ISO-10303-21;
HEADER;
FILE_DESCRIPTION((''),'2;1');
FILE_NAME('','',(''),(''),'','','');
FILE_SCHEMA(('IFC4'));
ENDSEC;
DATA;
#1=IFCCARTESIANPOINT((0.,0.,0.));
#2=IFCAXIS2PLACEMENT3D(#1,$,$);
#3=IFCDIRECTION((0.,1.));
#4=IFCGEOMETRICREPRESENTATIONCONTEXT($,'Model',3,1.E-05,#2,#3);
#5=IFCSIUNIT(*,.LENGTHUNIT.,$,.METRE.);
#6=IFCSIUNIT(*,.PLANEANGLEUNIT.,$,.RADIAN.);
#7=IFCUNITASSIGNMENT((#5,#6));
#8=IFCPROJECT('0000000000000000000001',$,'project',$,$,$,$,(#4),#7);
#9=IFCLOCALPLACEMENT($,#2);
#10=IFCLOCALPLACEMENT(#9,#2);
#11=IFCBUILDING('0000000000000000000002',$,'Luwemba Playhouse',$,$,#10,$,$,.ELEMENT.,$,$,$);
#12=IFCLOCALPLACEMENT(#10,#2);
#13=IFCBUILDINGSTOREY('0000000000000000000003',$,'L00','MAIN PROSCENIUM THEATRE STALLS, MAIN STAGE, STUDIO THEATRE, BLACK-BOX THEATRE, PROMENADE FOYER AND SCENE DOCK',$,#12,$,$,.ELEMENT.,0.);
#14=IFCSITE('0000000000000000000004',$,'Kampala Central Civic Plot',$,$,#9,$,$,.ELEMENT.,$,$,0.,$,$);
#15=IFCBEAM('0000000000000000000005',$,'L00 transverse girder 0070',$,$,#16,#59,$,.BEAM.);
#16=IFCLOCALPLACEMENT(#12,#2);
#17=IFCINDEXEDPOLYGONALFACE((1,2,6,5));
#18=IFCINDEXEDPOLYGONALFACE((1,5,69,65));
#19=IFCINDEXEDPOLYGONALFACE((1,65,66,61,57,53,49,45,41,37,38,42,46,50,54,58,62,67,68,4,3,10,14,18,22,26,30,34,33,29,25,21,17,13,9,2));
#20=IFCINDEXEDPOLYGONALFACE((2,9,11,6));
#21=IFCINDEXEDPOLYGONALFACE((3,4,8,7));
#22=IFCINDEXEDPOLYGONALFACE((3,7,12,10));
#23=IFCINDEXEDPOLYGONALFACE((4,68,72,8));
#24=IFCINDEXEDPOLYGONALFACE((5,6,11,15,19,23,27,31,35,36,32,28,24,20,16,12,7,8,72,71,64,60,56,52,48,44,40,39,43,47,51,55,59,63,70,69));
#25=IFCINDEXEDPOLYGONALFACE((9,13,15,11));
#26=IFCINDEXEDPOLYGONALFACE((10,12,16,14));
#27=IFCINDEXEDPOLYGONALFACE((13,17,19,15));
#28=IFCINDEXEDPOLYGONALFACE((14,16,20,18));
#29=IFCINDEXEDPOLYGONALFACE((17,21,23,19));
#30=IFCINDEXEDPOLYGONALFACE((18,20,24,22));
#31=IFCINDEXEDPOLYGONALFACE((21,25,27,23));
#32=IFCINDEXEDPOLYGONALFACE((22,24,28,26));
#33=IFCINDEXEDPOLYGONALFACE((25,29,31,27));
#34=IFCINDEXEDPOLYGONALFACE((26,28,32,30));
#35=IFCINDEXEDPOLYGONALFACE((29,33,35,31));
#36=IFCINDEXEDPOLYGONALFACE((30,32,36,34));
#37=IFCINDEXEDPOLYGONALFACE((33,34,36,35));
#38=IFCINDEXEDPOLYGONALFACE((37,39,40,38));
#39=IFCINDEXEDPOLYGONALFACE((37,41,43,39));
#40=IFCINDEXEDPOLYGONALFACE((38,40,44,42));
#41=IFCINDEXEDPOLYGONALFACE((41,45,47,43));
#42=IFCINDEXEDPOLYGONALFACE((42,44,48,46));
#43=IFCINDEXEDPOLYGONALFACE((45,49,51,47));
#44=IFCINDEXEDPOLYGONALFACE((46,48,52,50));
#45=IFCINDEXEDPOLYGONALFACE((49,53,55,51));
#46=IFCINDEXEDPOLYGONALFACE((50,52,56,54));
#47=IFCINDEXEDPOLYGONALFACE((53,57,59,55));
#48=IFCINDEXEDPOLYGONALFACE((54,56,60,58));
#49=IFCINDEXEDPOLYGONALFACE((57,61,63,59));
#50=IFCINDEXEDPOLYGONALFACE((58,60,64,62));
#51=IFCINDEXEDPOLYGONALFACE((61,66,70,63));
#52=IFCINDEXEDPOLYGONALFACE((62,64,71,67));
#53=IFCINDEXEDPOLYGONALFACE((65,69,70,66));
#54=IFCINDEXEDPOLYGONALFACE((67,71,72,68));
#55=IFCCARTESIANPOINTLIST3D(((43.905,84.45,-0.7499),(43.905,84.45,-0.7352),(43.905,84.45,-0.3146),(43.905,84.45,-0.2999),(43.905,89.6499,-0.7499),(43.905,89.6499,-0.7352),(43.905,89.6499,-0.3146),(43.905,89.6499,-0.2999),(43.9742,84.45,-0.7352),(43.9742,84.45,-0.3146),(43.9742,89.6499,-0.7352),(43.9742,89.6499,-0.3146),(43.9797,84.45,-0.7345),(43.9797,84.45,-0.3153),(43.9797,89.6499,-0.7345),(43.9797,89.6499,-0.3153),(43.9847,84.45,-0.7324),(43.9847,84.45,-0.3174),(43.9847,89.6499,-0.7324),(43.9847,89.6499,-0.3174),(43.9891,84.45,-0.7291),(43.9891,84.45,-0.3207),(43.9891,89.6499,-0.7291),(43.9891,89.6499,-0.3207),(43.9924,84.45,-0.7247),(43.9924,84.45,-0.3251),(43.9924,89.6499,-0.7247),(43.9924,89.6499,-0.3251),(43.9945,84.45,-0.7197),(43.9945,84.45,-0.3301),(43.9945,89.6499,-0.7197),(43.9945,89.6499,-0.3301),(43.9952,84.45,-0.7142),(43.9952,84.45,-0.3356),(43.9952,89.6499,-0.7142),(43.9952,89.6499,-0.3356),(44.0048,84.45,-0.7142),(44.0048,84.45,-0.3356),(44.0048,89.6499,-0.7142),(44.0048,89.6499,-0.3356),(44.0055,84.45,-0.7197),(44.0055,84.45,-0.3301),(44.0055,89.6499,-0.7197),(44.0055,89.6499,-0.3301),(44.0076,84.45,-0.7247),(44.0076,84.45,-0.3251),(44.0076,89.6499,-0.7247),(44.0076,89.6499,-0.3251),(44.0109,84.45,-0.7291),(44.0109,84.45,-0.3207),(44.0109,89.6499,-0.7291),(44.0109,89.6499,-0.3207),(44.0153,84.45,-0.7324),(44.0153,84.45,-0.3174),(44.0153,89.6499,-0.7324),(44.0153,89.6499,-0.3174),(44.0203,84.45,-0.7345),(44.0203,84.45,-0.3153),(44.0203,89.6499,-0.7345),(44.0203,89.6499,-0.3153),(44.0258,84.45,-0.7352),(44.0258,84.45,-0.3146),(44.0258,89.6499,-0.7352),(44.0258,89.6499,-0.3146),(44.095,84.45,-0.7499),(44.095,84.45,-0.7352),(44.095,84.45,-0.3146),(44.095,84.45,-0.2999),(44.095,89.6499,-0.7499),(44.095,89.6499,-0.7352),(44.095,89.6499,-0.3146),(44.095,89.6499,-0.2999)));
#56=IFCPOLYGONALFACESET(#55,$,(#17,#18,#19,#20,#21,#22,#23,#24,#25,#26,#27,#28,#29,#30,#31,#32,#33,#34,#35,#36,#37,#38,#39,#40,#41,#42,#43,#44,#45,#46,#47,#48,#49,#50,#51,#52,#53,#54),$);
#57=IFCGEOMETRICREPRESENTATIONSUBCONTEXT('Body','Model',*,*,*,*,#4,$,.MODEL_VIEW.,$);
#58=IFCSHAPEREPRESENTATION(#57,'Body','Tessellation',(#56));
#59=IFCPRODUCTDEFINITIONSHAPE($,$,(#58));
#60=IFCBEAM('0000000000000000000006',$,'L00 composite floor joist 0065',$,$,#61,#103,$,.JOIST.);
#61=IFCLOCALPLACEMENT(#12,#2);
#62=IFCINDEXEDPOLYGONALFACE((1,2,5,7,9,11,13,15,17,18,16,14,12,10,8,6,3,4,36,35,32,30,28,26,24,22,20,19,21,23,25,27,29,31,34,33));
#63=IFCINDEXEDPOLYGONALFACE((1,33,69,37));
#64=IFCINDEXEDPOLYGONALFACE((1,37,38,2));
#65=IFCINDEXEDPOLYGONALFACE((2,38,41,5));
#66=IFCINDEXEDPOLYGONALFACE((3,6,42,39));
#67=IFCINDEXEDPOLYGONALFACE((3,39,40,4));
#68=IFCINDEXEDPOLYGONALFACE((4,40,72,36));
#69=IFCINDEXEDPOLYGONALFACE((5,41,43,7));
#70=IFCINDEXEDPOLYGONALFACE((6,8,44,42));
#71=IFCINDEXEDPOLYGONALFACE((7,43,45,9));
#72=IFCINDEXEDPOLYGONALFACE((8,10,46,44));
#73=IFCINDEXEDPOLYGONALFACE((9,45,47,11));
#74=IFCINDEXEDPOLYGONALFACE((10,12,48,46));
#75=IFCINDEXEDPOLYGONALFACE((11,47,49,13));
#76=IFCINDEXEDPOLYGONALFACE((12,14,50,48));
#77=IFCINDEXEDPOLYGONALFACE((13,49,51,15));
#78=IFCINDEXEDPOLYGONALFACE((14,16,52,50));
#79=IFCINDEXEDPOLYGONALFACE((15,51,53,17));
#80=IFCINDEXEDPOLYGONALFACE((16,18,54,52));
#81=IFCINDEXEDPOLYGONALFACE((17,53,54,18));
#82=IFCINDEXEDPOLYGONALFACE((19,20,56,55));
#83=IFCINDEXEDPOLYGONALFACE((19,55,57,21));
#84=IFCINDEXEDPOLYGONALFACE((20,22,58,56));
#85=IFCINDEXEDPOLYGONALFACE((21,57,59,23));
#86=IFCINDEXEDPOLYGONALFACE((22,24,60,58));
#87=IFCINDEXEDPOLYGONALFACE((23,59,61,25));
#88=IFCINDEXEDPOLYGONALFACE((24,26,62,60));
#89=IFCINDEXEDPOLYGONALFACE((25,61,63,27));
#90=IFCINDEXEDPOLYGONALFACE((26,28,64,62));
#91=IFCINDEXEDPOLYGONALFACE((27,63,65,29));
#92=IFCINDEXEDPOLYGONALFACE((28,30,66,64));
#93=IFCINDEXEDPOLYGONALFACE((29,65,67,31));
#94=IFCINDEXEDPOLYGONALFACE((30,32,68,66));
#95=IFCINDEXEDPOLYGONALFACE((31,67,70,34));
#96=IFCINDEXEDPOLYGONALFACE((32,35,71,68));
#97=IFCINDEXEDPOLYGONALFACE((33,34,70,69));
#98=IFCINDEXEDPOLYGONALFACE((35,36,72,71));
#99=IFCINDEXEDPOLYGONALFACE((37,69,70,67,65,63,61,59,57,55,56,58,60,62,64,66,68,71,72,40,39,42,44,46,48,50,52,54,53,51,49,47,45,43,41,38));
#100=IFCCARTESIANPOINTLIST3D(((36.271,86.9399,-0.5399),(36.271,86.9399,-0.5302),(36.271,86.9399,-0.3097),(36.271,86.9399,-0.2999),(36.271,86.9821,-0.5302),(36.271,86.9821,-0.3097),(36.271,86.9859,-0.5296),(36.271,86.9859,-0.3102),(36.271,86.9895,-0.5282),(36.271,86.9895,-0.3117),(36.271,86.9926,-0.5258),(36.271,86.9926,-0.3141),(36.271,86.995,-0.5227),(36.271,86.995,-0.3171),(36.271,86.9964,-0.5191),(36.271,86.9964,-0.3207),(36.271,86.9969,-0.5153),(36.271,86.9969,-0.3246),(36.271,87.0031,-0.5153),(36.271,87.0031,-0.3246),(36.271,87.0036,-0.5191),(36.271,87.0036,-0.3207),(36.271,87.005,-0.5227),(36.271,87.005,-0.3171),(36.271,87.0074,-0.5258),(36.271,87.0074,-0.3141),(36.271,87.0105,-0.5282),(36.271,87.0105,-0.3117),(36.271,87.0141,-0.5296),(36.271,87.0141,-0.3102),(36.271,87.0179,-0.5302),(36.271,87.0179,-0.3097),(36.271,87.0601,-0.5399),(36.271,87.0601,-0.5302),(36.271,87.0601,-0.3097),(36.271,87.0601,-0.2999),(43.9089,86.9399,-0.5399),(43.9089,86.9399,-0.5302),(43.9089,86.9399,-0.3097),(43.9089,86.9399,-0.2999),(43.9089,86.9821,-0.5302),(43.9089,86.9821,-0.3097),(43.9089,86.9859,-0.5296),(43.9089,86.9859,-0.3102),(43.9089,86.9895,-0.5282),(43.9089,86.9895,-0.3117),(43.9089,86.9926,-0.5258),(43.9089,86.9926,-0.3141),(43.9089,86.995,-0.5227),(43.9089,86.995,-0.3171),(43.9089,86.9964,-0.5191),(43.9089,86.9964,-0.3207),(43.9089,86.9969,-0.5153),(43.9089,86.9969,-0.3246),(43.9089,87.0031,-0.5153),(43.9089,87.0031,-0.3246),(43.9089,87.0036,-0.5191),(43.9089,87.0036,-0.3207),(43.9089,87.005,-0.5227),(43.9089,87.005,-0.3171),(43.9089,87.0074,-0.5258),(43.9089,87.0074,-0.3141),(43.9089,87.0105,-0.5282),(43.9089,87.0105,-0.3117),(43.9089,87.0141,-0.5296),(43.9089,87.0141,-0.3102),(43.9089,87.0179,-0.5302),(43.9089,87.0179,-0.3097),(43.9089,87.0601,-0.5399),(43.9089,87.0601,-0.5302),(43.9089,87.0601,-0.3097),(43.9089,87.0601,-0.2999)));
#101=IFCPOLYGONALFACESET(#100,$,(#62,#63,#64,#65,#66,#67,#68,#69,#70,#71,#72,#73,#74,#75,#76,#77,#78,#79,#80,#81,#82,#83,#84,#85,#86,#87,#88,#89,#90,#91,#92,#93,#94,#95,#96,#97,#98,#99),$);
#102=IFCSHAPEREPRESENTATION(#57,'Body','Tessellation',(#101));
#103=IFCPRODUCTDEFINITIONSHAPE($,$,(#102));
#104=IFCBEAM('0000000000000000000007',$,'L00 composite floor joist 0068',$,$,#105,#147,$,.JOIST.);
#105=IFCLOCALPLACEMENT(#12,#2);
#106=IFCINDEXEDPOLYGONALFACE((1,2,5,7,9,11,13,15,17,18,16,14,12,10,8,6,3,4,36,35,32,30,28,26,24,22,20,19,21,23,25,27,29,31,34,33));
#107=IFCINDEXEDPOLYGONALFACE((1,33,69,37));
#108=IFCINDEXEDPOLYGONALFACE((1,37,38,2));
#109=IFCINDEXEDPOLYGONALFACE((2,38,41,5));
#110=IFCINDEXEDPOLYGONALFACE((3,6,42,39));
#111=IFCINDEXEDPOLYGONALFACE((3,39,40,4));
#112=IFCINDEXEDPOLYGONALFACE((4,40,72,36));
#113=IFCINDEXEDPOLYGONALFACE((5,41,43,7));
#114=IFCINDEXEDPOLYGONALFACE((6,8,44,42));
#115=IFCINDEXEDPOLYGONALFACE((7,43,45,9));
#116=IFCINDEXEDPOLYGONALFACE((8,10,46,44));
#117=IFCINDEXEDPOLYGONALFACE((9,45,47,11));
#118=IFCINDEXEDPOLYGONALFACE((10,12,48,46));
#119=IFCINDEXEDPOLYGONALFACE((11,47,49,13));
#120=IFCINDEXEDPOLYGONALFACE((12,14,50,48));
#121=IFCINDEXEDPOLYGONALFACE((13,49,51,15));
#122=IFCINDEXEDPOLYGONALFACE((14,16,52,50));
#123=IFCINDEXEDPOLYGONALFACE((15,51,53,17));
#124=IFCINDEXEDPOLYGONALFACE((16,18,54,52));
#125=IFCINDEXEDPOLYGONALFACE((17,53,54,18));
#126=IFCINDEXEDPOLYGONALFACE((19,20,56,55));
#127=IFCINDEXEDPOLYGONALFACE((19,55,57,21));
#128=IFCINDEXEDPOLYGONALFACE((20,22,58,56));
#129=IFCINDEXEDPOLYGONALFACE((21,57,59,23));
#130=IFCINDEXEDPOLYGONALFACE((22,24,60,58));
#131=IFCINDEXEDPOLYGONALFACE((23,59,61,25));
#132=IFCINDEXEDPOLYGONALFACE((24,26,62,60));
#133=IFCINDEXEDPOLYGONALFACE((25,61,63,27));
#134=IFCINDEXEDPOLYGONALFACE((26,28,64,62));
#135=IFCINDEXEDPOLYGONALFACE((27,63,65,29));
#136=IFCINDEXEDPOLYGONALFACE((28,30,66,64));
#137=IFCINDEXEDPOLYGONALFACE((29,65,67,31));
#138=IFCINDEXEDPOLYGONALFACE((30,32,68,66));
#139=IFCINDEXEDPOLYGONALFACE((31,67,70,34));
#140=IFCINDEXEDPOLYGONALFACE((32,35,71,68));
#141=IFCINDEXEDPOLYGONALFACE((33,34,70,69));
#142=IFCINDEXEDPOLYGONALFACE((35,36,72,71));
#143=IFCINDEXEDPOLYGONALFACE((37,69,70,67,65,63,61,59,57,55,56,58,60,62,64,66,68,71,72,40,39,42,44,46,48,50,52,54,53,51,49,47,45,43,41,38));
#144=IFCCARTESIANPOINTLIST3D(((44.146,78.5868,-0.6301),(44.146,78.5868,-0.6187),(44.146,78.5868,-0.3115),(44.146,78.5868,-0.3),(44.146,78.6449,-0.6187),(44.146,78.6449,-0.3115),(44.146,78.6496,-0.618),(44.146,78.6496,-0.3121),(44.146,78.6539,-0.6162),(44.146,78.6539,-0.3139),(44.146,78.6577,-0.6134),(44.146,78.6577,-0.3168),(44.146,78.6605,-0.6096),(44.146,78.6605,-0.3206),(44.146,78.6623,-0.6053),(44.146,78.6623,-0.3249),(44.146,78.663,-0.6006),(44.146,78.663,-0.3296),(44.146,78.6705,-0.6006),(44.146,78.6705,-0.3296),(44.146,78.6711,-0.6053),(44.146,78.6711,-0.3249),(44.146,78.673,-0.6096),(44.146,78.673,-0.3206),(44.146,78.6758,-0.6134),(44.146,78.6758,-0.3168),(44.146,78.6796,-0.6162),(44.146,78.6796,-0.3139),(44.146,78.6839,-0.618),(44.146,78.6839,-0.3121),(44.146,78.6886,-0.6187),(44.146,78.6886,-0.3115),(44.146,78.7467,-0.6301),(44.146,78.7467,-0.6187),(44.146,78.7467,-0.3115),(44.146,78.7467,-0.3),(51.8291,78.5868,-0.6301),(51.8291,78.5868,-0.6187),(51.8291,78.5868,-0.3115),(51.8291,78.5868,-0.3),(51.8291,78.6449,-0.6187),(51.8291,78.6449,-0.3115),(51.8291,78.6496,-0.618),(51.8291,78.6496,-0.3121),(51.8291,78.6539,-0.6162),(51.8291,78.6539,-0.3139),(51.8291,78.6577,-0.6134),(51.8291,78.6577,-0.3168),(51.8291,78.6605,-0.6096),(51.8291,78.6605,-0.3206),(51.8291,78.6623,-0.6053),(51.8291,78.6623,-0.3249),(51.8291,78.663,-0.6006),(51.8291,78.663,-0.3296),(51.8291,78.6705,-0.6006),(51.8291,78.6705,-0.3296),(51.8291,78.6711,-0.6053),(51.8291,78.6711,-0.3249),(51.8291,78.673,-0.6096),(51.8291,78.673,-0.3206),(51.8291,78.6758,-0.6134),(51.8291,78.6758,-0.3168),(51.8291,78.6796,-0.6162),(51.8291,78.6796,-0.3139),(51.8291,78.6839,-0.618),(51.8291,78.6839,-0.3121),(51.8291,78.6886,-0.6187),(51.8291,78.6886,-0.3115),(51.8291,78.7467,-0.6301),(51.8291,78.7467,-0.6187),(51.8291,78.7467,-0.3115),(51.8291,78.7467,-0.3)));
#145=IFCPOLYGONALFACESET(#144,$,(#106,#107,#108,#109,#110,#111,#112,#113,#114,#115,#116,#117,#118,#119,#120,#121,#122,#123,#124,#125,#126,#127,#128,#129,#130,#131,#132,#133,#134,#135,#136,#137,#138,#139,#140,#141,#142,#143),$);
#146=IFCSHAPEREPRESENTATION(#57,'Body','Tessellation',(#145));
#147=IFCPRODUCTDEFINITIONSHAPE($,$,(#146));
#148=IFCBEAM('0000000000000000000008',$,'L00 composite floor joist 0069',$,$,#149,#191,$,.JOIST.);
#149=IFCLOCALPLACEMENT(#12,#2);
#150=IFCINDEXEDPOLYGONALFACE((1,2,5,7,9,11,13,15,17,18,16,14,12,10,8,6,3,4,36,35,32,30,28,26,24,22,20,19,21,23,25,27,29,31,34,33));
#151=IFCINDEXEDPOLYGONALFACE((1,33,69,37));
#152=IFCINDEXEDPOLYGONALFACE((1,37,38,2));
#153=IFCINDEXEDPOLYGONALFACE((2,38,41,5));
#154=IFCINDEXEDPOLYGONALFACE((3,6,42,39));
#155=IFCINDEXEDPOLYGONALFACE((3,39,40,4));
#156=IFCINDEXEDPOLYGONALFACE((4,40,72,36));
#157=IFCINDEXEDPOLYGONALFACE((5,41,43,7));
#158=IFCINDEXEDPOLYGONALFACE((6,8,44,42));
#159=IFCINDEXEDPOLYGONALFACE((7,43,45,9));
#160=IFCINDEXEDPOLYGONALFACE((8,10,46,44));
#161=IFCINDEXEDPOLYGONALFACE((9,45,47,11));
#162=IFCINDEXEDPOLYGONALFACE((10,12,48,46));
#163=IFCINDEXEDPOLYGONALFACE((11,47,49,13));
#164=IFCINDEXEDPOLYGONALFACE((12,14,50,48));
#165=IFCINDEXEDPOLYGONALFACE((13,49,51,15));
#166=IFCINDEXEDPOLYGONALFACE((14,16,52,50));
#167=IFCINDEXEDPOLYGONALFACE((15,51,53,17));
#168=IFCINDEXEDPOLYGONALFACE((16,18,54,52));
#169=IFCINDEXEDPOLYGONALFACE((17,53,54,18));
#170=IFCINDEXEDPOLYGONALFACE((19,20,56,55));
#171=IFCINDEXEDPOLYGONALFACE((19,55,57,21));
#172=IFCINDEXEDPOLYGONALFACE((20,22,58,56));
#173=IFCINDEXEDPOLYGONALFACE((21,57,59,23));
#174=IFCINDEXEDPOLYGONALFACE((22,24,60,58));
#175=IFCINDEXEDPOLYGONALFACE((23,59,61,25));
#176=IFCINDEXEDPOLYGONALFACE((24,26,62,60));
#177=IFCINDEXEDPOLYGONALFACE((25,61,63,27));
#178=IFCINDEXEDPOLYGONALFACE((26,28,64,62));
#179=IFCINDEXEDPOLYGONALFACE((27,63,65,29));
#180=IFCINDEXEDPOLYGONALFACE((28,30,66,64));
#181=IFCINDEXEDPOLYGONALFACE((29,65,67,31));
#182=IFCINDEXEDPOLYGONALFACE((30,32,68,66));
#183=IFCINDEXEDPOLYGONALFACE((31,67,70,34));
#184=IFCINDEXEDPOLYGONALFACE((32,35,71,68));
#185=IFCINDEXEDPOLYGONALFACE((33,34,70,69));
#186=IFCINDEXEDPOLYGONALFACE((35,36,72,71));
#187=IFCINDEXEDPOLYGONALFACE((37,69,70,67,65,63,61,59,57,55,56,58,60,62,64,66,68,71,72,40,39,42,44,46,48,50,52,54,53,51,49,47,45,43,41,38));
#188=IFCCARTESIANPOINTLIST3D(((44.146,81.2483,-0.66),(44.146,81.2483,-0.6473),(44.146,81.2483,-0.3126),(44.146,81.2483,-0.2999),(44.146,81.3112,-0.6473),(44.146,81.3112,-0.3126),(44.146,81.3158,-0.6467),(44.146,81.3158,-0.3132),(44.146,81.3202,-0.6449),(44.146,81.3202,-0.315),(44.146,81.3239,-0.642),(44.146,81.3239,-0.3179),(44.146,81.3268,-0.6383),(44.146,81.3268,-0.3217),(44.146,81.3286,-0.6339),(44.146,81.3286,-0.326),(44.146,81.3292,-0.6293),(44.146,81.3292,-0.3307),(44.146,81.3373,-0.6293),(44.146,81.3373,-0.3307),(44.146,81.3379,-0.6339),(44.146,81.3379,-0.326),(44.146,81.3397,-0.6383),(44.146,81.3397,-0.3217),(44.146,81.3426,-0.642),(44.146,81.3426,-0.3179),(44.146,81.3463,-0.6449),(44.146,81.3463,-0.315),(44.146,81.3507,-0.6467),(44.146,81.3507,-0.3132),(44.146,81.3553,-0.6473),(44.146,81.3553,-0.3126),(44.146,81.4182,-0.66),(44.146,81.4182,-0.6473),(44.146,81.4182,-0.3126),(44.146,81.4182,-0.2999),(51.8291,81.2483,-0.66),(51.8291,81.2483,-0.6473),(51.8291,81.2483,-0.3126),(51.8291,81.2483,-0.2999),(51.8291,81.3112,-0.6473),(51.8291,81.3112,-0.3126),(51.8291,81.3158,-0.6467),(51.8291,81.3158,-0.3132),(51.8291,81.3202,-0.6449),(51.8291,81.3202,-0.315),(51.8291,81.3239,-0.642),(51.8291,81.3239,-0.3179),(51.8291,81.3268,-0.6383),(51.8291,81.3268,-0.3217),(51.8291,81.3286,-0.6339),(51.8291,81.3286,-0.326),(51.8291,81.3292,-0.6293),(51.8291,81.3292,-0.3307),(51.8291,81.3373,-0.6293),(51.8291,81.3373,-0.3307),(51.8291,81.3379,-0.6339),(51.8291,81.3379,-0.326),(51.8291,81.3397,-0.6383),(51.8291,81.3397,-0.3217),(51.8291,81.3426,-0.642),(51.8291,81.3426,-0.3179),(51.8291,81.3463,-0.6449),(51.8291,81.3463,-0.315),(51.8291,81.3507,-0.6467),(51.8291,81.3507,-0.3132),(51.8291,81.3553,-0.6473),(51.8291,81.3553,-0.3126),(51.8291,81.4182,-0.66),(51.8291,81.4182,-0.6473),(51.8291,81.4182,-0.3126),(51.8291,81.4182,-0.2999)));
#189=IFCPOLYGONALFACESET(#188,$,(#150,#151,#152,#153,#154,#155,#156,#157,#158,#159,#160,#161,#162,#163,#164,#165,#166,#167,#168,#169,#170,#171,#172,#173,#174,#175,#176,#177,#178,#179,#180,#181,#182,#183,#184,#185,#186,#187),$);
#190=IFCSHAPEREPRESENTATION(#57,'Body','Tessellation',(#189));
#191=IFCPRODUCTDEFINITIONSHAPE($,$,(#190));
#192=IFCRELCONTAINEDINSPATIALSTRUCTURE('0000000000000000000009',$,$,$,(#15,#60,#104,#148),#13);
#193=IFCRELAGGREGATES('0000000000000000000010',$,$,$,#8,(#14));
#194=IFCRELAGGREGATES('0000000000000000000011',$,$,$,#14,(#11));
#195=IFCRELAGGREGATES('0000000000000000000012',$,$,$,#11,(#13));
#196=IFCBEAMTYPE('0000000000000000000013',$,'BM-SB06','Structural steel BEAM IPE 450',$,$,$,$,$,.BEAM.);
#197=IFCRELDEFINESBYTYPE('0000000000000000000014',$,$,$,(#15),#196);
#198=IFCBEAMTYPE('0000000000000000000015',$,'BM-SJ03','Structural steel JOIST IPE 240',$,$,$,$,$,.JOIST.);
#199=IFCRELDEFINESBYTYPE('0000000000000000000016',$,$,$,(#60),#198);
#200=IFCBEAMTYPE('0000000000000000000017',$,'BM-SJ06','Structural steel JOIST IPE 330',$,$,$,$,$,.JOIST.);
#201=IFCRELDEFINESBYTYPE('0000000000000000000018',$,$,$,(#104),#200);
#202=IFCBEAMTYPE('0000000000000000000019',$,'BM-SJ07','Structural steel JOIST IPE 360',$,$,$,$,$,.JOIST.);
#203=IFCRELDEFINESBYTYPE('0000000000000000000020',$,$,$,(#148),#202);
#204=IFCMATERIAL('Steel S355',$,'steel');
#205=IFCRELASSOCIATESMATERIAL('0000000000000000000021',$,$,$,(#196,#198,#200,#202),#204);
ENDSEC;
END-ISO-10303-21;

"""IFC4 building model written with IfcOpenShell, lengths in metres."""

from ifc_helpers import new_model, si_unit, direction, frame, origin, origin_2d, place, context, subcontext, project, spatial, i_section, extrude, material, material_profile, profile_set, type_object, element, save


model = new_model("IFC4")

# Units and contexts
model_context = context("Model", 3, precision=1e-05, world=origin(), true_north=direction((0.0, 1.0)))
body_context = subcontext(model_context, "Body", "Model", "MODEL_VIEW")
ifc_project = project(units=[si_unit("LENGTHUNIT", "METRE"), si_unit("PLANEANGLEUNIT", "RADIAN")], contexts=[model_context])

# Site, building, storey
site_placement = place(None, origin())
site = spatial("IfcSite", under=ifc_project, at=site_placement, Name="Kampala Central Civic Plot", CompositionType="ELEMENT", RefElevation=0.0)
building_placement = place(site_placement, origin())
building = spatial("IfcBuilding", under=site, at=building_placement, Name="Luwemba Playhouse", CompositionType="ELEMENT")
storey_placement = place(building_placement, origin())
storey = spatial("IfcBuildingStorey", under=building, at=storey_placement, Name="L00", Description="MAIN PROSCENIUM THEATRE STALLS, MAIN STAGE, STUDIO THEATRE, BLACK-BOX THEATRE, PROMENADE FOYER AND SCENE DOCK", CompositionType="ELEMENT", Elevation=0.0)

# Beams
ifc_material_1 = material(Name="Steel S355", Category="steel")
ifc_material_profile_1 = material_profile(ifc_material_1, i_section(OverallWidth=0.1899, OverallDepth=0.45, WebThickness=0.0095, FlangeThickness=0.0146, FilletRadius=0.021, at=origin_2d()))
ifc_profile_set_1 = profile_set([ifc_material_profile_1], Name="Steel S355")
beam_type_1 = type_object("IfcBeamType", Name="BM-SB06", Description="Structural steel BEAM IPE 450", PredefinedType="BEAM", material=ifc_profile_set_1)
beam_1_placement = place(storey_placement, frame((44.0, 84.45, -0.5249), z_axis=(0.0, 1.0, 0.0), x_axis=(-1.0, 0.0, 0.0)))
element("IfcBeam", 1, at=beam_1_placement, inside=storey, type_object=beam_type_1, Name="L00 transverse girder 0070", PredefinedType="BEAM", context=body_context, shape_type="SweptSolid", body=[
    extrude(i_section(OverallWidth=0.1899, OverallDepth=0.45, WebThickness=0.0095, FlangeThickness=0.0146, FilletRadius=0.021, at=origin_2d()), origin(), (0.0, 0.0, 1.0), 5.2),
])
ifc_material_profile_2 = material_profile(ifc_material_1, i_section(OverallWidth=0.1201, OverallDepth=0.24, WebThickness=0.0061, FlangeThickness=0.0098, FilletRadius=0.0149, at=origin_2d()))
ifc_profile_set_2 = profile_set([ifc_material_profile_2], Name="Steel S355")
beam_type_2 = type_object("IfcBeamType", Name="BM-SJ03", Description="Structural steel JOIST IPE 240", PredefinedType="JOIST", material=ifc_profile_set_2)
beam_2_placement = place(storey_placement, frame((36.271, 87.0, -0.4199), z_axis=(1.0, 0.0, 0.0), x_axis=(0.0, 1.0, 0.0)))
element("IfcBeam", 2, at=beam_2_placement, inside=storey, type_object=beam_type_2, Name="L00 composite floor joist 0065", PredefinedType="JOIST", context=body_context, shape_type="SweptSolid", body=[
    extrude(i_section(OverallWidth=0.1201, OverallDepth=0.24, WebThickness=0.0061, FlangeThickness=0.0098, FilletRadius=0.0149, at=origin_2d()), origin(), (0.0, 0.0, 1.0), 7.6379),
])
ifc_material_profile_3 = material_profile(ifc_material_1, i_section(OverallWidth=0.1599, OverallDepth=0.3301, WebThickness=0.0076, FlangeThickness=0.0115, FilletRadius=0.0181, at=origin_2d()))
ifc_profile_set_3 = profile_set([ifc_material_profile_3], Name="Steel S355")
beam_type_3 = type_object("IfcBeamType", Name="BM-SJ06", Description="Structural steel JOIST IPE 330", PredefinedType="JOIST", material=ifc_profile_set_3)
beam_3_placement = place(storey_placement, frame((44.146, 78.6667, -0.4651), z_axis=(1.0, 0.0, 0.0), x_axis=(0.0, 1.0, 0.0)))
element("IfcBeam", 3, at=beam_3_placement, inside=storey, type_object=beam_type_3, Name="L00 composite floor joist 0068", PredefinedType="JOIST", context=body_context, shape_type="SweptSolid", body=[
    extrude(i_section(OverallWidth=0.1599, OverallDepth=0.3301, WebThickness=0.0076, FlangeThickness=0.0115, FilletRadius=0.0181, at=origin_2d()), origin(), (0.0, 0.0, 1.0), 7.6831),
])
ifc_material_profile_4 = material_profile(ifc_material_1, i_section(OverallWidth=0.1699, OverallDepth=0.3601, WebThickness=0.0081, FlangeThickness=0.0127, FilletRadius=0.0181, at=origin_2d()))
ifc_profile_set_4 = profile_set([ifc_material_profile_4], Name="Steel S355")
beam_type_4 = type_object("IfcBeamType", Name="BM-SJ07", Description="Structural steel JOIST IPE 360", PredefinedType="JOIST", material=ifc_profile_set_4)
beam_4_placement = place(storey_placement, frame((44.146, 81.3333, -0.48), z_axis=(1.0, 0.0, 0.0), x_axis=(0.0, 1.0, 0.0)))
element("IfcBeam", 4, at=beam_4_placement, inside=storey, type_object=beam_type_4, Name="L00 composite floor joist 0069", PredefinedType="JOIST", context=body_context, shape_type="SweptSolid", body=[
    extrude(i_section(OverallWidth=0.1699, OverallDepth=0.3601, WebThickness=0.0081, FlangeThickness=0.0127, FilletRadius=0.0181, at=origin_2d()), origin(), (0.0, 0.0, 1.0), 7.6831),
])

save(model, "model.ifc")
